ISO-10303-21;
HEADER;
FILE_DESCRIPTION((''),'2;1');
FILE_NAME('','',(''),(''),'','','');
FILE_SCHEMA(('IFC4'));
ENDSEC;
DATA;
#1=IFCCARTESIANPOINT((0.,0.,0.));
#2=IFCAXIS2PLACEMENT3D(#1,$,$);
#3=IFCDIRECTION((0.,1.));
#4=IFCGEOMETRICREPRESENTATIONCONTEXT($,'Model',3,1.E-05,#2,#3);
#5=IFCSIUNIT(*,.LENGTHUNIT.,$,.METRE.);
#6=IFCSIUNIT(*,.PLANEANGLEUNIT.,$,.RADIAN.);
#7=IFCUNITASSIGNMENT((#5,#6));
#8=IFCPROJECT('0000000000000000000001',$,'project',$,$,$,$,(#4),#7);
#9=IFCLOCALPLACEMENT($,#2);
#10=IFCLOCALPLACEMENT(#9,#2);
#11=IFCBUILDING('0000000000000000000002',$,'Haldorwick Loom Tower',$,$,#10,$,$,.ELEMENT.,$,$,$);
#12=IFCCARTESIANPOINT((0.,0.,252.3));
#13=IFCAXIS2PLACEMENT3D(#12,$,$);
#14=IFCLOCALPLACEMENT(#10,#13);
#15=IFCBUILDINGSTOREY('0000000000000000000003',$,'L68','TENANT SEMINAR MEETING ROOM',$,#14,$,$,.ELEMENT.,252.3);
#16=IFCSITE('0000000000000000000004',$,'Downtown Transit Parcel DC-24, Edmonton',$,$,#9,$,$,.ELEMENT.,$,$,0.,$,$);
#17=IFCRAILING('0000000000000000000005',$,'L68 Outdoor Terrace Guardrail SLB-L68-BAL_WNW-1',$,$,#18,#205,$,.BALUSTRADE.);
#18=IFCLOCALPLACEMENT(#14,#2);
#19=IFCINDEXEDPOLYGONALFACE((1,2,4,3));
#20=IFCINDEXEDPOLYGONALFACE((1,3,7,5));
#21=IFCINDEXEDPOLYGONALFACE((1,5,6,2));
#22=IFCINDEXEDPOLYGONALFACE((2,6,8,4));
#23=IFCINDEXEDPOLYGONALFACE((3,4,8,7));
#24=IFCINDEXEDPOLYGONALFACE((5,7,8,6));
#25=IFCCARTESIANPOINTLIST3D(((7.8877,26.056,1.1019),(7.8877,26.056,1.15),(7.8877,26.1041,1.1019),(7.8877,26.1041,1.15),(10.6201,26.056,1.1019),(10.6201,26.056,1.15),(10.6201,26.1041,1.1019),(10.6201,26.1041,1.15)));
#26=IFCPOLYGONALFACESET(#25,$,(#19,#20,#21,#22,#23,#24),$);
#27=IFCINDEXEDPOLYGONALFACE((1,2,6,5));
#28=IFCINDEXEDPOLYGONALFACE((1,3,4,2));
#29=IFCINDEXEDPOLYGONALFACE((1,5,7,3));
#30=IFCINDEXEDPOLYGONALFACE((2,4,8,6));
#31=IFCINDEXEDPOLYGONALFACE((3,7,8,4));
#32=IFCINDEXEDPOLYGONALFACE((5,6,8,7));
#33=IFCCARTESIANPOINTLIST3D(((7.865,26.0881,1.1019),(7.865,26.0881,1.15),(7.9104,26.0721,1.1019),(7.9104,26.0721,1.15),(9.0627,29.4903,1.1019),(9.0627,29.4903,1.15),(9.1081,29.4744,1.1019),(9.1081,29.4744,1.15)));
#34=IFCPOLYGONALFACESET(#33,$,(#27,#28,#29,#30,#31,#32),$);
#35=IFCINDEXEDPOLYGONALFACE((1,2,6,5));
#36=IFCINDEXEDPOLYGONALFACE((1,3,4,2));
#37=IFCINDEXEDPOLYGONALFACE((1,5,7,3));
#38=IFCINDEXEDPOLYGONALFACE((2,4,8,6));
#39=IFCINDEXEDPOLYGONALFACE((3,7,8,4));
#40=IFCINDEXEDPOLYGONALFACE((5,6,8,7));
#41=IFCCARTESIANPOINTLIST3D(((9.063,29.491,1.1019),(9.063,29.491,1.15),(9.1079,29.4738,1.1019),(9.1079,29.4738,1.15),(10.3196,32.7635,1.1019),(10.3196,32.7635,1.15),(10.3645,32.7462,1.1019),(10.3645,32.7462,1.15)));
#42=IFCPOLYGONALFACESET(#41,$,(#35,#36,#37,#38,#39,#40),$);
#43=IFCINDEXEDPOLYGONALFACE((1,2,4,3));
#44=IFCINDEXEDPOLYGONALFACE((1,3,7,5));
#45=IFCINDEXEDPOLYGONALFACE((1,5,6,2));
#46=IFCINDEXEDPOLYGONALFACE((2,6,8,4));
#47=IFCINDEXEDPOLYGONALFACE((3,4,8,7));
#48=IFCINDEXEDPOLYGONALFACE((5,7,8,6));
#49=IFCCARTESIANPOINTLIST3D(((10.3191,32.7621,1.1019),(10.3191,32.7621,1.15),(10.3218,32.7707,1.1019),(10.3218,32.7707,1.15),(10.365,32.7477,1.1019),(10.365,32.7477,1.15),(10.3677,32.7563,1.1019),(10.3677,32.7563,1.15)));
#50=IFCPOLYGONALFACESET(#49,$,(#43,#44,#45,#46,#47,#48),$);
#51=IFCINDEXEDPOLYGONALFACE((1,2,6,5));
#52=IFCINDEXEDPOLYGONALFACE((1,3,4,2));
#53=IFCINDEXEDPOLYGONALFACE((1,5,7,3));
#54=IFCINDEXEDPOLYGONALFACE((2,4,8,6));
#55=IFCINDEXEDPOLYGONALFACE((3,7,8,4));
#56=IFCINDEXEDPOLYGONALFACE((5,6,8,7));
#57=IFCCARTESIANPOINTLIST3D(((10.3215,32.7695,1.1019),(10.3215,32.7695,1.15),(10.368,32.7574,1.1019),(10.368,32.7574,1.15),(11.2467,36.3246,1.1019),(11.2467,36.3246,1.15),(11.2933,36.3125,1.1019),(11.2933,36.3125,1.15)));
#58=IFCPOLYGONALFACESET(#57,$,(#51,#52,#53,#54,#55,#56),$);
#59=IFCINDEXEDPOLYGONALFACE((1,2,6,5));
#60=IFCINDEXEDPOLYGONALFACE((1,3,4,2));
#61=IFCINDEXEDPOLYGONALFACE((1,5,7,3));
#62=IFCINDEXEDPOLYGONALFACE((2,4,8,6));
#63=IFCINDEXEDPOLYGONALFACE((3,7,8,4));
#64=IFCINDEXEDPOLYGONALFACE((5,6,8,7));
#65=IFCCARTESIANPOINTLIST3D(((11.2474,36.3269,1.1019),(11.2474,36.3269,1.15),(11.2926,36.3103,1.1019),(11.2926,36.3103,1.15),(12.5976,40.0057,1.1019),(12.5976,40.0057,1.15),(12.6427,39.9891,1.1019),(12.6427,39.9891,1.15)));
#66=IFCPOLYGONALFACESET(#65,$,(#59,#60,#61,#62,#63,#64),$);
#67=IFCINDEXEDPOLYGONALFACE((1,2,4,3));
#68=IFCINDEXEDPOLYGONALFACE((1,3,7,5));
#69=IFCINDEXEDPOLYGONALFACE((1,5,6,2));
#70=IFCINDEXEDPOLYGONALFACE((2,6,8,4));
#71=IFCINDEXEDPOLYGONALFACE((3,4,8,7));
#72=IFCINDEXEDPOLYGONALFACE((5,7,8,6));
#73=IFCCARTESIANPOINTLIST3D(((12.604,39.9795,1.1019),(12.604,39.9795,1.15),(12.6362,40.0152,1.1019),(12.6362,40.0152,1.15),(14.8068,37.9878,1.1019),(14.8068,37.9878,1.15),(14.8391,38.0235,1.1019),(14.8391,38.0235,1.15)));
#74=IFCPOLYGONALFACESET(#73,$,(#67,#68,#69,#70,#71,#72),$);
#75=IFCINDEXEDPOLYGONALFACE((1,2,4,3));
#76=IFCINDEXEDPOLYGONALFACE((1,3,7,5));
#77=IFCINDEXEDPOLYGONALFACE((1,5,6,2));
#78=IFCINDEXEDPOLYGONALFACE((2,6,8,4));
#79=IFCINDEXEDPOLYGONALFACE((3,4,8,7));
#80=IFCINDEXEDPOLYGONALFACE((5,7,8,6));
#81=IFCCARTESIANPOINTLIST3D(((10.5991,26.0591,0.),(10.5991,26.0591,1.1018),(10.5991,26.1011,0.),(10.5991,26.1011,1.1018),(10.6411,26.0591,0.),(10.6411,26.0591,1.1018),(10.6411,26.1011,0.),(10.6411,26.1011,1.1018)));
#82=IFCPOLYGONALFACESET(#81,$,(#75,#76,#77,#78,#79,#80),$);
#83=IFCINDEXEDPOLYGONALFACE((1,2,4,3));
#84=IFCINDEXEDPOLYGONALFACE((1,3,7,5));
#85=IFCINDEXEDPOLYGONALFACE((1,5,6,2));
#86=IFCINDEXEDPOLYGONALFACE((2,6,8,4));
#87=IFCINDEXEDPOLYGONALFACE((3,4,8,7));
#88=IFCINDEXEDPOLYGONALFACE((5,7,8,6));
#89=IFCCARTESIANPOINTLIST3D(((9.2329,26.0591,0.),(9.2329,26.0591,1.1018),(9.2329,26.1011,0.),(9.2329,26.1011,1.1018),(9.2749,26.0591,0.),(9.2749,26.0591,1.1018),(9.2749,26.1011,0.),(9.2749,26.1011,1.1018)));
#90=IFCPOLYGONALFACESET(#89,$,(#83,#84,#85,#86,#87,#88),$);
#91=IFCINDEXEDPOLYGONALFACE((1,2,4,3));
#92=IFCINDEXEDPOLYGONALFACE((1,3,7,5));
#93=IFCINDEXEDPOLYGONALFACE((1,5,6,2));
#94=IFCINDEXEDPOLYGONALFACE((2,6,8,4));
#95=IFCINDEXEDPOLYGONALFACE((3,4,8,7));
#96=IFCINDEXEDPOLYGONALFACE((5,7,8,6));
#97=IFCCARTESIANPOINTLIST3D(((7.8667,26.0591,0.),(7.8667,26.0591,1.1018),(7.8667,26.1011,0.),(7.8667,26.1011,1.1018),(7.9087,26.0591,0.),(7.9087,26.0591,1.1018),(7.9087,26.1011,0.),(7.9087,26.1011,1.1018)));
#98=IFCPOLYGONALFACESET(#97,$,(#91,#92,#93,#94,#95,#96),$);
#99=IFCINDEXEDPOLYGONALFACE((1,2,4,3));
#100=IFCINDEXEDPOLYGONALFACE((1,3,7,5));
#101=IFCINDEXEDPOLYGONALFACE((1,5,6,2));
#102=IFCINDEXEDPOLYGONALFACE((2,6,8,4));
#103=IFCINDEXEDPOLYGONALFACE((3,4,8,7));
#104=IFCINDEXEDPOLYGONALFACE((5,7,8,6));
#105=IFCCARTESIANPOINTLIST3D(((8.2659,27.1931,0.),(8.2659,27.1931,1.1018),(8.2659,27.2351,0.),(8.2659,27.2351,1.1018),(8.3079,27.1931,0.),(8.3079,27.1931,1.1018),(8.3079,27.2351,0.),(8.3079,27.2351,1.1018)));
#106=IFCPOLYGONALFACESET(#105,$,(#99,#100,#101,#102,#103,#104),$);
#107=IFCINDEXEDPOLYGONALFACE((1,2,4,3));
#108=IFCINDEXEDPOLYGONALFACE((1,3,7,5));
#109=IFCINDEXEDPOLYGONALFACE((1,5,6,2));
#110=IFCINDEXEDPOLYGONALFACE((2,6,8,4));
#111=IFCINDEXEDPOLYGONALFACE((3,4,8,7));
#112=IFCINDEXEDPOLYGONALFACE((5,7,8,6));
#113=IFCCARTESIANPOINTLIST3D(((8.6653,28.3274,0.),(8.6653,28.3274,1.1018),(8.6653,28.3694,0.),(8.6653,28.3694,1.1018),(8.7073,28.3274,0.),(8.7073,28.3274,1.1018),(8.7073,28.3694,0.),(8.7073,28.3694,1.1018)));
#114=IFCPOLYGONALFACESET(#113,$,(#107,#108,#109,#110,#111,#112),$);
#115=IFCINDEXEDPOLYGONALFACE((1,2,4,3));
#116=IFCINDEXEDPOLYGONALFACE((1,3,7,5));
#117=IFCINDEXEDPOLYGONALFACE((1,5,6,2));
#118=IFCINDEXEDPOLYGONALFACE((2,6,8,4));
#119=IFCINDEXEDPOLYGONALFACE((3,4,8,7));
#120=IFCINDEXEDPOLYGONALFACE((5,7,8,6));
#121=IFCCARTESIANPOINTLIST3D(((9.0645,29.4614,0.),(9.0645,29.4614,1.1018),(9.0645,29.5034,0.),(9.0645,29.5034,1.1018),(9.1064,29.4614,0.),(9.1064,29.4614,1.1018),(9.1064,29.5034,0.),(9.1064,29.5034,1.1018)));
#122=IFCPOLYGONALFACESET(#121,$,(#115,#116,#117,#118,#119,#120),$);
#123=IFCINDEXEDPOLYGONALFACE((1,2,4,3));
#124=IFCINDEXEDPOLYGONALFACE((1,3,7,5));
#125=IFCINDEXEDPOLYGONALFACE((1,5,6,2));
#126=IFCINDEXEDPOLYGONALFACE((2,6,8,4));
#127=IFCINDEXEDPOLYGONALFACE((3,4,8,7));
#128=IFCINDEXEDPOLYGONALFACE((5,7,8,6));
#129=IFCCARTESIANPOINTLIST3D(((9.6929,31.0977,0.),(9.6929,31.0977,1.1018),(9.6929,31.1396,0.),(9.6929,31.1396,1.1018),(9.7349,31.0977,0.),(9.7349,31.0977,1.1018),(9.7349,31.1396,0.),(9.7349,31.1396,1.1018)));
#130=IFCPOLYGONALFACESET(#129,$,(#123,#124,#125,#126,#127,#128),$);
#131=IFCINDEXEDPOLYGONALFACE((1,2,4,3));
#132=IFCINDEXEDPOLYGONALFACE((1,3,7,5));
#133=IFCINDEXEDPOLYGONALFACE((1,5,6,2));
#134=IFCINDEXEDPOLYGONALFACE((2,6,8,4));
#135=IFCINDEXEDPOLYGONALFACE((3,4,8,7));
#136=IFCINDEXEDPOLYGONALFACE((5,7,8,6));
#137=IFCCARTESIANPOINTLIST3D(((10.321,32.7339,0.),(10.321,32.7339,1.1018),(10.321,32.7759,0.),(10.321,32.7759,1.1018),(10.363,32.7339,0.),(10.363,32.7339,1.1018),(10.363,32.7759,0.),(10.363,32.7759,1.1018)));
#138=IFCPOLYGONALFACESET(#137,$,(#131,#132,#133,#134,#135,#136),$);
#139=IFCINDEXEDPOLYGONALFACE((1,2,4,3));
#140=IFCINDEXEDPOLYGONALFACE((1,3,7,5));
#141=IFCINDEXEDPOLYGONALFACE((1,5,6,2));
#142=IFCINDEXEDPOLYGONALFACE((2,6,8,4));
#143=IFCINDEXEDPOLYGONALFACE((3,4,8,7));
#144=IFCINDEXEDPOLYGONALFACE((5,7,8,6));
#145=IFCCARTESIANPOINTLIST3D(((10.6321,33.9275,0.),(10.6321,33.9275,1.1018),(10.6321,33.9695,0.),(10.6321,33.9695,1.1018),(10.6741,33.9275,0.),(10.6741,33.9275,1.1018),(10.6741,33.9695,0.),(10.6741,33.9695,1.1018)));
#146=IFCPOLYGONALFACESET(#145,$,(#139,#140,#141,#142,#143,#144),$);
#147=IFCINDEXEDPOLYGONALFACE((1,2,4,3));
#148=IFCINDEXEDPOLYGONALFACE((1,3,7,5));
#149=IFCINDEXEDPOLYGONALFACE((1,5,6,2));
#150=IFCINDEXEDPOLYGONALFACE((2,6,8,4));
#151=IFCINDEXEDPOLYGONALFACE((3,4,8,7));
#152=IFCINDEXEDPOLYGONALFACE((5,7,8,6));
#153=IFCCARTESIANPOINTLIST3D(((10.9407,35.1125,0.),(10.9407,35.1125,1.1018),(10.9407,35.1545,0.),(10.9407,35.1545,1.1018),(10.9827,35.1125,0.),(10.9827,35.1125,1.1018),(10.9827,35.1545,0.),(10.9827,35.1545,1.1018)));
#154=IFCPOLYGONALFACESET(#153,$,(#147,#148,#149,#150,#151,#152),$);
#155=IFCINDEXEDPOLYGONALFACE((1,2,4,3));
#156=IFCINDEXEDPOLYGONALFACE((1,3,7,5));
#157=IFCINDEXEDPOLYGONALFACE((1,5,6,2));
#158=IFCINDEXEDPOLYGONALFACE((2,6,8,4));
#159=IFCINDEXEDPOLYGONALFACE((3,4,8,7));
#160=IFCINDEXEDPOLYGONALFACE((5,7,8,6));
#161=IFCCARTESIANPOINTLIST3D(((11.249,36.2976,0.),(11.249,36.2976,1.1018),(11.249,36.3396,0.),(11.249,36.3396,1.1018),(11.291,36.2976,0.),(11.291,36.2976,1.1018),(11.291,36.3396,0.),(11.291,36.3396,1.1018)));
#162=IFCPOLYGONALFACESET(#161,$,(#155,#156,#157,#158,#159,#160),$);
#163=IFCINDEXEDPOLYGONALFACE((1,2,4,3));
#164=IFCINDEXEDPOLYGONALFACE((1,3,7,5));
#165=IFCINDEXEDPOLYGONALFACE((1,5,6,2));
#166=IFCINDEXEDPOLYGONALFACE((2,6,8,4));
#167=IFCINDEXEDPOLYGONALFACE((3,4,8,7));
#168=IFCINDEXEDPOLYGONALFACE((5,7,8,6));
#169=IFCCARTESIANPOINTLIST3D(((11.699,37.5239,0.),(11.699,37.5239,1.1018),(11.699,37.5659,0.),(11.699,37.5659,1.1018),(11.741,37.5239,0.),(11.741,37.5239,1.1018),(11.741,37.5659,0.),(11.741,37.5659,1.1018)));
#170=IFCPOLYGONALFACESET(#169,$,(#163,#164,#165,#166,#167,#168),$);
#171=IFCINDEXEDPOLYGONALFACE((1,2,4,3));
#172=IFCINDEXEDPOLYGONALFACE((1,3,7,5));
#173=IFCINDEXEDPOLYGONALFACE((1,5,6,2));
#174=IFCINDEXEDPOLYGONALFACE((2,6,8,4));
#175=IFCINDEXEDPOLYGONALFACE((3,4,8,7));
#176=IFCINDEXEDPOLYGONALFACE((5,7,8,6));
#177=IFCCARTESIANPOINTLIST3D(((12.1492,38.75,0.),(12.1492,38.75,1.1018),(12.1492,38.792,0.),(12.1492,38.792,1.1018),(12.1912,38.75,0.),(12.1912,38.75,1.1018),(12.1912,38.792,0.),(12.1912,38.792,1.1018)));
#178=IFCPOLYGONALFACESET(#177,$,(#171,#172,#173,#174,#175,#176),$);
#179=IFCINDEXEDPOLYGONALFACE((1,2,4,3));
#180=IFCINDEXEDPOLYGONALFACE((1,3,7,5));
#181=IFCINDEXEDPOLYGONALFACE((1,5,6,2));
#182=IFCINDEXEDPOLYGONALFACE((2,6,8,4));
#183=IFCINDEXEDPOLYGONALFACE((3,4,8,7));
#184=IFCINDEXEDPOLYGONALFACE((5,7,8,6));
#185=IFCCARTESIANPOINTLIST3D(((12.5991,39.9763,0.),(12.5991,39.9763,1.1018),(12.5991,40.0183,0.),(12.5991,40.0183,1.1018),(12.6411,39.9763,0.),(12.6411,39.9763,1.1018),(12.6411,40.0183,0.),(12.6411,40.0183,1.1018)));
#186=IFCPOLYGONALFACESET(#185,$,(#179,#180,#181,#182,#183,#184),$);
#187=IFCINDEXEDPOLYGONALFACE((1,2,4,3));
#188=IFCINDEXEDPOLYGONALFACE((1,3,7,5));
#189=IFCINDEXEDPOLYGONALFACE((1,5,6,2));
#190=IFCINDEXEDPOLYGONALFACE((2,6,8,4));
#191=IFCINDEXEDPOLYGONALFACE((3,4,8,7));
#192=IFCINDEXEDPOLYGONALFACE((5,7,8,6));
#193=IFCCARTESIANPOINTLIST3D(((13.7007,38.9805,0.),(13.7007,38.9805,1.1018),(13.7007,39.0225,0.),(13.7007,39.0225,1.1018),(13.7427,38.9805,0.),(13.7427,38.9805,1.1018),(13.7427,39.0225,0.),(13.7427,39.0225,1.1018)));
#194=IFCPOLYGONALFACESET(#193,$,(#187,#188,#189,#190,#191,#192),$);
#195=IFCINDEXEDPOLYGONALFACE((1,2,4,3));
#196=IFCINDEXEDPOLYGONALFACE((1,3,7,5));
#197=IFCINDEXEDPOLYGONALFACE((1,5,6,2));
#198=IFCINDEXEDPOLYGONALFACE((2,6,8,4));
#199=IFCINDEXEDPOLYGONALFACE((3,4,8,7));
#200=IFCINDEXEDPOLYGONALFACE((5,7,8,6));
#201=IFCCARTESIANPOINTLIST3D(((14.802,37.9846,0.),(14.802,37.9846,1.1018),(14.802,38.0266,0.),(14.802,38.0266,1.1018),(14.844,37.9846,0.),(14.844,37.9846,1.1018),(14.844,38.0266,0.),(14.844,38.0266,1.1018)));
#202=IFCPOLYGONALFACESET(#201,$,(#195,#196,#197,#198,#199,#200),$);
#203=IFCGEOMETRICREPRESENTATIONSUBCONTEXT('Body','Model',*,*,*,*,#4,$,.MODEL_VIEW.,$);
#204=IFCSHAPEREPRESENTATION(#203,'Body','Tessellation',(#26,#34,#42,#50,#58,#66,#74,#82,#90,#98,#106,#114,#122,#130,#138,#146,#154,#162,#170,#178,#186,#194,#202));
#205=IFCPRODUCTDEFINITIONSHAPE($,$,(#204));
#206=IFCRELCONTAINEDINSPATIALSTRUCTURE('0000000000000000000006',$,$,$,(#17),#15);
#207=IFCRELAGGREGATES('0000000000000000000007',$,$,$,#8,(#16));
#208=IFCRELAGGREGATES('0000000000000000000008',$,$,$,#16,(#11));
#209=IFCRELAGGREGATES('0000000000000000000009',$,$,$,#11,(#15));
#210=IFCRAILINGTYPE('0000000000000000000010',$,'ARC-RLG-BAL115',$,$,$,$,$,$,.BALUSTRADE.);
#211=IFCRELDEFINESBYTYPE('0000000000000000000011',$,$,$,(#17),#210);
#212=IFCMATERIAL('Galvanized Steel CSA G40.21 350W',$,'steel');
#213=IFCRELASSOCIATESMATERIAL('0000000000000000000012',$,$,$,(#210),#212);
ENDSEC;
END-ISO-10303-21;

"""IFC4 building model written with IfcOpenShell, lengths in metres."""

from ifc_helpers import new_model, si_unit, direction, frame, origin, origin_2d, place, context, subcontext, project, spatial, rectangle, extrude, material, type_object, element, save


model = new_model("IFC4")

# Units and contexts
model_context = context("Model", 3, precision=1e-05, world=origin(), true_north=direction((0.0, 1.0)))
body_context = subcontext(model_context, "Body", "Model", "MODEL_VIEW")
ifc_project = project(units=[si_unit("LENGTHUNIT", "METRE"), si_unit("PLANEANGLEUNIT", "RADIAN")], contexts=[model_context])

# Site, building, storey
site_placement = place(None, origin())
site = spatial("IfcSite", under=ifc_project, at=site_placement, Name="Downtown Transit Parcel DC-24, Edmonton", CompositionType="ELEMENT", RefElevation=0.0)
building_placement = place(site_placement, origin())
building = spatial("IfcBuilding", under=site, at=building_placement, Name="Haldorwick Loom Tower", CompositionType="ELEMENT")
storey_placement = place(building_placement, frame((0.0, 0.0, 252.3)))
storey = spatial("IfcBuildingStorey", under=building, at=storey_placement, Name="L68", Description="TENANT SEMINAR MEETING ROOM", CompositionType="ELEMENT", Elevation=252.3)

# Railing
ifc_material_1 = material(Name="Galvanized Steel CSA G40.21 350W", Category="steel")
railing_type = type_object("IfcRailingType", Name="ARC-RLG-BAL115", PredefinedType="BALUSTRADE", material=ifc_material_1)
railing_placement = place(storey_placement, frame((10.6201, 26.0801, 0.0)))
element("IfcRailing", 1, at=railing_placement, inside=storey, type_object=railing_type, Name="L68 Outdoor Terrace Guardrail SLB-L68-BAL_WNW-1", PredefinedType="BALUSTRADE", context=body_context, shape_type="SweptSolid", body=[
    extrude(rectangle(XDim=0.0481, YDim=0.0481, at=origin_2d()), frame((0.0, 0.0, 1.126), z_axis=(-1.0, 0.0, 0.0), x_axis=(0.0, -1.0, 0.0)), (0.0, 0.0, 1.0), 2.7324),
    extrude(rectangle(XDim=0.0481, YDim=0.0481, at=origin_2d()), frame((-2.7324, 0.0, 1.126), z_axis=(0.332062, 0.943257, 0.0), x_axis=(-0.943257, 0.332062, 0.0)), (0.0, 0.0, 1.0), 3.6069),
    extrude(rectangle(XDim=0.0481, YDim=0.0481, at=origin_2d()), frame((-1.5347, 3.4023, 1.126), z_axis=(0.35847, 0.933541, 0.0), x_axis=(-0.933541, 0.35847, 0.0)), (0.0, 0.0, 1.0), 3.5054),
    extrude(rectangle(XDim=0.0481, YDim=0.0481, at=origin_2d()), frame((-0.2781, 6.6748, 1.126), z_axis=(0.299827, 0.953994, 0.0), x_axis=(-0.953994, 0.299827, 0.0)), (0.0, 0.0, 1.0), 0.009),
    extrude(rectangle(XDim=0.0481, YDim=0.0481, at=origin_2d()), frame((-0.2754, 6.6833, 1.126), z_axis=(0.251875, 0.96776, 0.0), x_axis=(-0.96776, 0.251875, 0.0)), (0.0, 0.0, 1.0), 3.6736),
    extrude(rectangle(XDim=0.0481, YDim=0.0481, at=origin_2d()), frame((0.6499, 10.2385, 1.126), z_axis=(0.344533, 0.938774, 0.0), x_axis=(-0.938774, 0.344533, 0.0)), (0.0, 0.0, 1.0), 3.9187),
    extrude(rectangle(XDim=0.0481, YDim=0.0481, at=origin_2d()), frame((2.0, 13.9172, 1.126), z_axis=(0.741767, -0.670657, 0.0), x_axis=(0.670657, 0.741767, 0.0)), (0.0, 0.0, 1.0), 2.9697),
    extrude(rectangle(XDim=0.042, YDim=0.042, at=origin_2d()), origin(), (0.0, 0.0, 1.0), 1.1018),
    extrude(rectangle(XDim=0.042, YDim=0.042, at=origin_2d()), frame((-1.3662, 0.0, 0.0)), (0.0, 0.0, 1.0), 1.1018),
    extrude(rectangle(XDim=0.042, YDim=0.042, at=origin_2d()), frame((-2.7324, 0.0, 0.0)), (0.0, 0.0, 1.0), 1.1018),
    extrude(rectangle(XDim=0.042, YDim=0.042, at=origin_2d()), frame((-2.3333, 1.134, 0.0)), (0.0, 0.0, 1.0), 1.1018),
    extrude(rectangle(XDim=0.042, YDim=0.042, at=origin_2d()), frame((-1.9338, 2.2683, 0.0)), (0.0, 0.0, 1.0), 1.1018),
    extrude(rectangle(XDim=0.042, YDim=0.042, at=origin_2d()), frame((-1.5347, 3.4023, 0.0)), (0.0, 0.0, 1.0), 1.1018),
    extrude(rectangle(XDim=0.042, YDim=0.042, at=origin_2d()), frame((-0.9062, 5.0386, 0.0)), (0.0, 0.0, 1.0), 1.1018),
    extrude(rectangle(XDim=0.042, YDim=0.042, at=origin_2d()), frame((-0.2781, 6.6748, 0.0)), (0.0, 0.0, 1.0), 1.1018),
    extrude(rectangle(XDim=0.042, YDim=0.042, at=origin_2d()), frame((0.033, 7.8684, 0.0)), (0.0, 0.0, 1.0), 1.1018),
    extrude(rectangle(XDim=0.042, YDim=0.042, at=origin_2d()), frame((0.3416, 9.0535, 0.0)), (0.0, 0.0, 1.0), 1.1018),
    extrude(rectangle(XDim=0.042, YDim=0.042, at=origin_2d()), frame((0.6499, 10.2385, 0.0)), (0.0, 0.0, 1.0), 1.1018),
    extrude(rectangle(XDim=0.042, YDim=0.042, at=origin_2d()), frame((1.0999, 11.4648, 0.0)), (0.0, 0.0, 1.0), 1.1018),
    extrude(rectangle(XDim=0.042, YDim=0.042, at=origin_2d()), frame((1.55, 12.6909, 0.0)), (0.0, 0.0, 1.0), 1.1018),
    extrude(rectangle(XDim=0.042, YDim=0.042, at=origin_2d()), frame((2.0, 13.9172, 0.0)), (0.0, 0.0, 1.0), 1.1018),
    extrude(rectangle(XDim=0.042, YDim=0.042, at=origin_2d()), frame((3.1016, 12.9214, 0.0)), (0.0, 0.0, 1.0), 1.1018),
    extrude(rectangle(XDim=0.042, YDim=0.042, at=origin_2d()), frame((4.2029, 11.9255, 0.0)), (0.0, 0.0, 1.0), 1.1018),
])

save(model, "model.ifc")
